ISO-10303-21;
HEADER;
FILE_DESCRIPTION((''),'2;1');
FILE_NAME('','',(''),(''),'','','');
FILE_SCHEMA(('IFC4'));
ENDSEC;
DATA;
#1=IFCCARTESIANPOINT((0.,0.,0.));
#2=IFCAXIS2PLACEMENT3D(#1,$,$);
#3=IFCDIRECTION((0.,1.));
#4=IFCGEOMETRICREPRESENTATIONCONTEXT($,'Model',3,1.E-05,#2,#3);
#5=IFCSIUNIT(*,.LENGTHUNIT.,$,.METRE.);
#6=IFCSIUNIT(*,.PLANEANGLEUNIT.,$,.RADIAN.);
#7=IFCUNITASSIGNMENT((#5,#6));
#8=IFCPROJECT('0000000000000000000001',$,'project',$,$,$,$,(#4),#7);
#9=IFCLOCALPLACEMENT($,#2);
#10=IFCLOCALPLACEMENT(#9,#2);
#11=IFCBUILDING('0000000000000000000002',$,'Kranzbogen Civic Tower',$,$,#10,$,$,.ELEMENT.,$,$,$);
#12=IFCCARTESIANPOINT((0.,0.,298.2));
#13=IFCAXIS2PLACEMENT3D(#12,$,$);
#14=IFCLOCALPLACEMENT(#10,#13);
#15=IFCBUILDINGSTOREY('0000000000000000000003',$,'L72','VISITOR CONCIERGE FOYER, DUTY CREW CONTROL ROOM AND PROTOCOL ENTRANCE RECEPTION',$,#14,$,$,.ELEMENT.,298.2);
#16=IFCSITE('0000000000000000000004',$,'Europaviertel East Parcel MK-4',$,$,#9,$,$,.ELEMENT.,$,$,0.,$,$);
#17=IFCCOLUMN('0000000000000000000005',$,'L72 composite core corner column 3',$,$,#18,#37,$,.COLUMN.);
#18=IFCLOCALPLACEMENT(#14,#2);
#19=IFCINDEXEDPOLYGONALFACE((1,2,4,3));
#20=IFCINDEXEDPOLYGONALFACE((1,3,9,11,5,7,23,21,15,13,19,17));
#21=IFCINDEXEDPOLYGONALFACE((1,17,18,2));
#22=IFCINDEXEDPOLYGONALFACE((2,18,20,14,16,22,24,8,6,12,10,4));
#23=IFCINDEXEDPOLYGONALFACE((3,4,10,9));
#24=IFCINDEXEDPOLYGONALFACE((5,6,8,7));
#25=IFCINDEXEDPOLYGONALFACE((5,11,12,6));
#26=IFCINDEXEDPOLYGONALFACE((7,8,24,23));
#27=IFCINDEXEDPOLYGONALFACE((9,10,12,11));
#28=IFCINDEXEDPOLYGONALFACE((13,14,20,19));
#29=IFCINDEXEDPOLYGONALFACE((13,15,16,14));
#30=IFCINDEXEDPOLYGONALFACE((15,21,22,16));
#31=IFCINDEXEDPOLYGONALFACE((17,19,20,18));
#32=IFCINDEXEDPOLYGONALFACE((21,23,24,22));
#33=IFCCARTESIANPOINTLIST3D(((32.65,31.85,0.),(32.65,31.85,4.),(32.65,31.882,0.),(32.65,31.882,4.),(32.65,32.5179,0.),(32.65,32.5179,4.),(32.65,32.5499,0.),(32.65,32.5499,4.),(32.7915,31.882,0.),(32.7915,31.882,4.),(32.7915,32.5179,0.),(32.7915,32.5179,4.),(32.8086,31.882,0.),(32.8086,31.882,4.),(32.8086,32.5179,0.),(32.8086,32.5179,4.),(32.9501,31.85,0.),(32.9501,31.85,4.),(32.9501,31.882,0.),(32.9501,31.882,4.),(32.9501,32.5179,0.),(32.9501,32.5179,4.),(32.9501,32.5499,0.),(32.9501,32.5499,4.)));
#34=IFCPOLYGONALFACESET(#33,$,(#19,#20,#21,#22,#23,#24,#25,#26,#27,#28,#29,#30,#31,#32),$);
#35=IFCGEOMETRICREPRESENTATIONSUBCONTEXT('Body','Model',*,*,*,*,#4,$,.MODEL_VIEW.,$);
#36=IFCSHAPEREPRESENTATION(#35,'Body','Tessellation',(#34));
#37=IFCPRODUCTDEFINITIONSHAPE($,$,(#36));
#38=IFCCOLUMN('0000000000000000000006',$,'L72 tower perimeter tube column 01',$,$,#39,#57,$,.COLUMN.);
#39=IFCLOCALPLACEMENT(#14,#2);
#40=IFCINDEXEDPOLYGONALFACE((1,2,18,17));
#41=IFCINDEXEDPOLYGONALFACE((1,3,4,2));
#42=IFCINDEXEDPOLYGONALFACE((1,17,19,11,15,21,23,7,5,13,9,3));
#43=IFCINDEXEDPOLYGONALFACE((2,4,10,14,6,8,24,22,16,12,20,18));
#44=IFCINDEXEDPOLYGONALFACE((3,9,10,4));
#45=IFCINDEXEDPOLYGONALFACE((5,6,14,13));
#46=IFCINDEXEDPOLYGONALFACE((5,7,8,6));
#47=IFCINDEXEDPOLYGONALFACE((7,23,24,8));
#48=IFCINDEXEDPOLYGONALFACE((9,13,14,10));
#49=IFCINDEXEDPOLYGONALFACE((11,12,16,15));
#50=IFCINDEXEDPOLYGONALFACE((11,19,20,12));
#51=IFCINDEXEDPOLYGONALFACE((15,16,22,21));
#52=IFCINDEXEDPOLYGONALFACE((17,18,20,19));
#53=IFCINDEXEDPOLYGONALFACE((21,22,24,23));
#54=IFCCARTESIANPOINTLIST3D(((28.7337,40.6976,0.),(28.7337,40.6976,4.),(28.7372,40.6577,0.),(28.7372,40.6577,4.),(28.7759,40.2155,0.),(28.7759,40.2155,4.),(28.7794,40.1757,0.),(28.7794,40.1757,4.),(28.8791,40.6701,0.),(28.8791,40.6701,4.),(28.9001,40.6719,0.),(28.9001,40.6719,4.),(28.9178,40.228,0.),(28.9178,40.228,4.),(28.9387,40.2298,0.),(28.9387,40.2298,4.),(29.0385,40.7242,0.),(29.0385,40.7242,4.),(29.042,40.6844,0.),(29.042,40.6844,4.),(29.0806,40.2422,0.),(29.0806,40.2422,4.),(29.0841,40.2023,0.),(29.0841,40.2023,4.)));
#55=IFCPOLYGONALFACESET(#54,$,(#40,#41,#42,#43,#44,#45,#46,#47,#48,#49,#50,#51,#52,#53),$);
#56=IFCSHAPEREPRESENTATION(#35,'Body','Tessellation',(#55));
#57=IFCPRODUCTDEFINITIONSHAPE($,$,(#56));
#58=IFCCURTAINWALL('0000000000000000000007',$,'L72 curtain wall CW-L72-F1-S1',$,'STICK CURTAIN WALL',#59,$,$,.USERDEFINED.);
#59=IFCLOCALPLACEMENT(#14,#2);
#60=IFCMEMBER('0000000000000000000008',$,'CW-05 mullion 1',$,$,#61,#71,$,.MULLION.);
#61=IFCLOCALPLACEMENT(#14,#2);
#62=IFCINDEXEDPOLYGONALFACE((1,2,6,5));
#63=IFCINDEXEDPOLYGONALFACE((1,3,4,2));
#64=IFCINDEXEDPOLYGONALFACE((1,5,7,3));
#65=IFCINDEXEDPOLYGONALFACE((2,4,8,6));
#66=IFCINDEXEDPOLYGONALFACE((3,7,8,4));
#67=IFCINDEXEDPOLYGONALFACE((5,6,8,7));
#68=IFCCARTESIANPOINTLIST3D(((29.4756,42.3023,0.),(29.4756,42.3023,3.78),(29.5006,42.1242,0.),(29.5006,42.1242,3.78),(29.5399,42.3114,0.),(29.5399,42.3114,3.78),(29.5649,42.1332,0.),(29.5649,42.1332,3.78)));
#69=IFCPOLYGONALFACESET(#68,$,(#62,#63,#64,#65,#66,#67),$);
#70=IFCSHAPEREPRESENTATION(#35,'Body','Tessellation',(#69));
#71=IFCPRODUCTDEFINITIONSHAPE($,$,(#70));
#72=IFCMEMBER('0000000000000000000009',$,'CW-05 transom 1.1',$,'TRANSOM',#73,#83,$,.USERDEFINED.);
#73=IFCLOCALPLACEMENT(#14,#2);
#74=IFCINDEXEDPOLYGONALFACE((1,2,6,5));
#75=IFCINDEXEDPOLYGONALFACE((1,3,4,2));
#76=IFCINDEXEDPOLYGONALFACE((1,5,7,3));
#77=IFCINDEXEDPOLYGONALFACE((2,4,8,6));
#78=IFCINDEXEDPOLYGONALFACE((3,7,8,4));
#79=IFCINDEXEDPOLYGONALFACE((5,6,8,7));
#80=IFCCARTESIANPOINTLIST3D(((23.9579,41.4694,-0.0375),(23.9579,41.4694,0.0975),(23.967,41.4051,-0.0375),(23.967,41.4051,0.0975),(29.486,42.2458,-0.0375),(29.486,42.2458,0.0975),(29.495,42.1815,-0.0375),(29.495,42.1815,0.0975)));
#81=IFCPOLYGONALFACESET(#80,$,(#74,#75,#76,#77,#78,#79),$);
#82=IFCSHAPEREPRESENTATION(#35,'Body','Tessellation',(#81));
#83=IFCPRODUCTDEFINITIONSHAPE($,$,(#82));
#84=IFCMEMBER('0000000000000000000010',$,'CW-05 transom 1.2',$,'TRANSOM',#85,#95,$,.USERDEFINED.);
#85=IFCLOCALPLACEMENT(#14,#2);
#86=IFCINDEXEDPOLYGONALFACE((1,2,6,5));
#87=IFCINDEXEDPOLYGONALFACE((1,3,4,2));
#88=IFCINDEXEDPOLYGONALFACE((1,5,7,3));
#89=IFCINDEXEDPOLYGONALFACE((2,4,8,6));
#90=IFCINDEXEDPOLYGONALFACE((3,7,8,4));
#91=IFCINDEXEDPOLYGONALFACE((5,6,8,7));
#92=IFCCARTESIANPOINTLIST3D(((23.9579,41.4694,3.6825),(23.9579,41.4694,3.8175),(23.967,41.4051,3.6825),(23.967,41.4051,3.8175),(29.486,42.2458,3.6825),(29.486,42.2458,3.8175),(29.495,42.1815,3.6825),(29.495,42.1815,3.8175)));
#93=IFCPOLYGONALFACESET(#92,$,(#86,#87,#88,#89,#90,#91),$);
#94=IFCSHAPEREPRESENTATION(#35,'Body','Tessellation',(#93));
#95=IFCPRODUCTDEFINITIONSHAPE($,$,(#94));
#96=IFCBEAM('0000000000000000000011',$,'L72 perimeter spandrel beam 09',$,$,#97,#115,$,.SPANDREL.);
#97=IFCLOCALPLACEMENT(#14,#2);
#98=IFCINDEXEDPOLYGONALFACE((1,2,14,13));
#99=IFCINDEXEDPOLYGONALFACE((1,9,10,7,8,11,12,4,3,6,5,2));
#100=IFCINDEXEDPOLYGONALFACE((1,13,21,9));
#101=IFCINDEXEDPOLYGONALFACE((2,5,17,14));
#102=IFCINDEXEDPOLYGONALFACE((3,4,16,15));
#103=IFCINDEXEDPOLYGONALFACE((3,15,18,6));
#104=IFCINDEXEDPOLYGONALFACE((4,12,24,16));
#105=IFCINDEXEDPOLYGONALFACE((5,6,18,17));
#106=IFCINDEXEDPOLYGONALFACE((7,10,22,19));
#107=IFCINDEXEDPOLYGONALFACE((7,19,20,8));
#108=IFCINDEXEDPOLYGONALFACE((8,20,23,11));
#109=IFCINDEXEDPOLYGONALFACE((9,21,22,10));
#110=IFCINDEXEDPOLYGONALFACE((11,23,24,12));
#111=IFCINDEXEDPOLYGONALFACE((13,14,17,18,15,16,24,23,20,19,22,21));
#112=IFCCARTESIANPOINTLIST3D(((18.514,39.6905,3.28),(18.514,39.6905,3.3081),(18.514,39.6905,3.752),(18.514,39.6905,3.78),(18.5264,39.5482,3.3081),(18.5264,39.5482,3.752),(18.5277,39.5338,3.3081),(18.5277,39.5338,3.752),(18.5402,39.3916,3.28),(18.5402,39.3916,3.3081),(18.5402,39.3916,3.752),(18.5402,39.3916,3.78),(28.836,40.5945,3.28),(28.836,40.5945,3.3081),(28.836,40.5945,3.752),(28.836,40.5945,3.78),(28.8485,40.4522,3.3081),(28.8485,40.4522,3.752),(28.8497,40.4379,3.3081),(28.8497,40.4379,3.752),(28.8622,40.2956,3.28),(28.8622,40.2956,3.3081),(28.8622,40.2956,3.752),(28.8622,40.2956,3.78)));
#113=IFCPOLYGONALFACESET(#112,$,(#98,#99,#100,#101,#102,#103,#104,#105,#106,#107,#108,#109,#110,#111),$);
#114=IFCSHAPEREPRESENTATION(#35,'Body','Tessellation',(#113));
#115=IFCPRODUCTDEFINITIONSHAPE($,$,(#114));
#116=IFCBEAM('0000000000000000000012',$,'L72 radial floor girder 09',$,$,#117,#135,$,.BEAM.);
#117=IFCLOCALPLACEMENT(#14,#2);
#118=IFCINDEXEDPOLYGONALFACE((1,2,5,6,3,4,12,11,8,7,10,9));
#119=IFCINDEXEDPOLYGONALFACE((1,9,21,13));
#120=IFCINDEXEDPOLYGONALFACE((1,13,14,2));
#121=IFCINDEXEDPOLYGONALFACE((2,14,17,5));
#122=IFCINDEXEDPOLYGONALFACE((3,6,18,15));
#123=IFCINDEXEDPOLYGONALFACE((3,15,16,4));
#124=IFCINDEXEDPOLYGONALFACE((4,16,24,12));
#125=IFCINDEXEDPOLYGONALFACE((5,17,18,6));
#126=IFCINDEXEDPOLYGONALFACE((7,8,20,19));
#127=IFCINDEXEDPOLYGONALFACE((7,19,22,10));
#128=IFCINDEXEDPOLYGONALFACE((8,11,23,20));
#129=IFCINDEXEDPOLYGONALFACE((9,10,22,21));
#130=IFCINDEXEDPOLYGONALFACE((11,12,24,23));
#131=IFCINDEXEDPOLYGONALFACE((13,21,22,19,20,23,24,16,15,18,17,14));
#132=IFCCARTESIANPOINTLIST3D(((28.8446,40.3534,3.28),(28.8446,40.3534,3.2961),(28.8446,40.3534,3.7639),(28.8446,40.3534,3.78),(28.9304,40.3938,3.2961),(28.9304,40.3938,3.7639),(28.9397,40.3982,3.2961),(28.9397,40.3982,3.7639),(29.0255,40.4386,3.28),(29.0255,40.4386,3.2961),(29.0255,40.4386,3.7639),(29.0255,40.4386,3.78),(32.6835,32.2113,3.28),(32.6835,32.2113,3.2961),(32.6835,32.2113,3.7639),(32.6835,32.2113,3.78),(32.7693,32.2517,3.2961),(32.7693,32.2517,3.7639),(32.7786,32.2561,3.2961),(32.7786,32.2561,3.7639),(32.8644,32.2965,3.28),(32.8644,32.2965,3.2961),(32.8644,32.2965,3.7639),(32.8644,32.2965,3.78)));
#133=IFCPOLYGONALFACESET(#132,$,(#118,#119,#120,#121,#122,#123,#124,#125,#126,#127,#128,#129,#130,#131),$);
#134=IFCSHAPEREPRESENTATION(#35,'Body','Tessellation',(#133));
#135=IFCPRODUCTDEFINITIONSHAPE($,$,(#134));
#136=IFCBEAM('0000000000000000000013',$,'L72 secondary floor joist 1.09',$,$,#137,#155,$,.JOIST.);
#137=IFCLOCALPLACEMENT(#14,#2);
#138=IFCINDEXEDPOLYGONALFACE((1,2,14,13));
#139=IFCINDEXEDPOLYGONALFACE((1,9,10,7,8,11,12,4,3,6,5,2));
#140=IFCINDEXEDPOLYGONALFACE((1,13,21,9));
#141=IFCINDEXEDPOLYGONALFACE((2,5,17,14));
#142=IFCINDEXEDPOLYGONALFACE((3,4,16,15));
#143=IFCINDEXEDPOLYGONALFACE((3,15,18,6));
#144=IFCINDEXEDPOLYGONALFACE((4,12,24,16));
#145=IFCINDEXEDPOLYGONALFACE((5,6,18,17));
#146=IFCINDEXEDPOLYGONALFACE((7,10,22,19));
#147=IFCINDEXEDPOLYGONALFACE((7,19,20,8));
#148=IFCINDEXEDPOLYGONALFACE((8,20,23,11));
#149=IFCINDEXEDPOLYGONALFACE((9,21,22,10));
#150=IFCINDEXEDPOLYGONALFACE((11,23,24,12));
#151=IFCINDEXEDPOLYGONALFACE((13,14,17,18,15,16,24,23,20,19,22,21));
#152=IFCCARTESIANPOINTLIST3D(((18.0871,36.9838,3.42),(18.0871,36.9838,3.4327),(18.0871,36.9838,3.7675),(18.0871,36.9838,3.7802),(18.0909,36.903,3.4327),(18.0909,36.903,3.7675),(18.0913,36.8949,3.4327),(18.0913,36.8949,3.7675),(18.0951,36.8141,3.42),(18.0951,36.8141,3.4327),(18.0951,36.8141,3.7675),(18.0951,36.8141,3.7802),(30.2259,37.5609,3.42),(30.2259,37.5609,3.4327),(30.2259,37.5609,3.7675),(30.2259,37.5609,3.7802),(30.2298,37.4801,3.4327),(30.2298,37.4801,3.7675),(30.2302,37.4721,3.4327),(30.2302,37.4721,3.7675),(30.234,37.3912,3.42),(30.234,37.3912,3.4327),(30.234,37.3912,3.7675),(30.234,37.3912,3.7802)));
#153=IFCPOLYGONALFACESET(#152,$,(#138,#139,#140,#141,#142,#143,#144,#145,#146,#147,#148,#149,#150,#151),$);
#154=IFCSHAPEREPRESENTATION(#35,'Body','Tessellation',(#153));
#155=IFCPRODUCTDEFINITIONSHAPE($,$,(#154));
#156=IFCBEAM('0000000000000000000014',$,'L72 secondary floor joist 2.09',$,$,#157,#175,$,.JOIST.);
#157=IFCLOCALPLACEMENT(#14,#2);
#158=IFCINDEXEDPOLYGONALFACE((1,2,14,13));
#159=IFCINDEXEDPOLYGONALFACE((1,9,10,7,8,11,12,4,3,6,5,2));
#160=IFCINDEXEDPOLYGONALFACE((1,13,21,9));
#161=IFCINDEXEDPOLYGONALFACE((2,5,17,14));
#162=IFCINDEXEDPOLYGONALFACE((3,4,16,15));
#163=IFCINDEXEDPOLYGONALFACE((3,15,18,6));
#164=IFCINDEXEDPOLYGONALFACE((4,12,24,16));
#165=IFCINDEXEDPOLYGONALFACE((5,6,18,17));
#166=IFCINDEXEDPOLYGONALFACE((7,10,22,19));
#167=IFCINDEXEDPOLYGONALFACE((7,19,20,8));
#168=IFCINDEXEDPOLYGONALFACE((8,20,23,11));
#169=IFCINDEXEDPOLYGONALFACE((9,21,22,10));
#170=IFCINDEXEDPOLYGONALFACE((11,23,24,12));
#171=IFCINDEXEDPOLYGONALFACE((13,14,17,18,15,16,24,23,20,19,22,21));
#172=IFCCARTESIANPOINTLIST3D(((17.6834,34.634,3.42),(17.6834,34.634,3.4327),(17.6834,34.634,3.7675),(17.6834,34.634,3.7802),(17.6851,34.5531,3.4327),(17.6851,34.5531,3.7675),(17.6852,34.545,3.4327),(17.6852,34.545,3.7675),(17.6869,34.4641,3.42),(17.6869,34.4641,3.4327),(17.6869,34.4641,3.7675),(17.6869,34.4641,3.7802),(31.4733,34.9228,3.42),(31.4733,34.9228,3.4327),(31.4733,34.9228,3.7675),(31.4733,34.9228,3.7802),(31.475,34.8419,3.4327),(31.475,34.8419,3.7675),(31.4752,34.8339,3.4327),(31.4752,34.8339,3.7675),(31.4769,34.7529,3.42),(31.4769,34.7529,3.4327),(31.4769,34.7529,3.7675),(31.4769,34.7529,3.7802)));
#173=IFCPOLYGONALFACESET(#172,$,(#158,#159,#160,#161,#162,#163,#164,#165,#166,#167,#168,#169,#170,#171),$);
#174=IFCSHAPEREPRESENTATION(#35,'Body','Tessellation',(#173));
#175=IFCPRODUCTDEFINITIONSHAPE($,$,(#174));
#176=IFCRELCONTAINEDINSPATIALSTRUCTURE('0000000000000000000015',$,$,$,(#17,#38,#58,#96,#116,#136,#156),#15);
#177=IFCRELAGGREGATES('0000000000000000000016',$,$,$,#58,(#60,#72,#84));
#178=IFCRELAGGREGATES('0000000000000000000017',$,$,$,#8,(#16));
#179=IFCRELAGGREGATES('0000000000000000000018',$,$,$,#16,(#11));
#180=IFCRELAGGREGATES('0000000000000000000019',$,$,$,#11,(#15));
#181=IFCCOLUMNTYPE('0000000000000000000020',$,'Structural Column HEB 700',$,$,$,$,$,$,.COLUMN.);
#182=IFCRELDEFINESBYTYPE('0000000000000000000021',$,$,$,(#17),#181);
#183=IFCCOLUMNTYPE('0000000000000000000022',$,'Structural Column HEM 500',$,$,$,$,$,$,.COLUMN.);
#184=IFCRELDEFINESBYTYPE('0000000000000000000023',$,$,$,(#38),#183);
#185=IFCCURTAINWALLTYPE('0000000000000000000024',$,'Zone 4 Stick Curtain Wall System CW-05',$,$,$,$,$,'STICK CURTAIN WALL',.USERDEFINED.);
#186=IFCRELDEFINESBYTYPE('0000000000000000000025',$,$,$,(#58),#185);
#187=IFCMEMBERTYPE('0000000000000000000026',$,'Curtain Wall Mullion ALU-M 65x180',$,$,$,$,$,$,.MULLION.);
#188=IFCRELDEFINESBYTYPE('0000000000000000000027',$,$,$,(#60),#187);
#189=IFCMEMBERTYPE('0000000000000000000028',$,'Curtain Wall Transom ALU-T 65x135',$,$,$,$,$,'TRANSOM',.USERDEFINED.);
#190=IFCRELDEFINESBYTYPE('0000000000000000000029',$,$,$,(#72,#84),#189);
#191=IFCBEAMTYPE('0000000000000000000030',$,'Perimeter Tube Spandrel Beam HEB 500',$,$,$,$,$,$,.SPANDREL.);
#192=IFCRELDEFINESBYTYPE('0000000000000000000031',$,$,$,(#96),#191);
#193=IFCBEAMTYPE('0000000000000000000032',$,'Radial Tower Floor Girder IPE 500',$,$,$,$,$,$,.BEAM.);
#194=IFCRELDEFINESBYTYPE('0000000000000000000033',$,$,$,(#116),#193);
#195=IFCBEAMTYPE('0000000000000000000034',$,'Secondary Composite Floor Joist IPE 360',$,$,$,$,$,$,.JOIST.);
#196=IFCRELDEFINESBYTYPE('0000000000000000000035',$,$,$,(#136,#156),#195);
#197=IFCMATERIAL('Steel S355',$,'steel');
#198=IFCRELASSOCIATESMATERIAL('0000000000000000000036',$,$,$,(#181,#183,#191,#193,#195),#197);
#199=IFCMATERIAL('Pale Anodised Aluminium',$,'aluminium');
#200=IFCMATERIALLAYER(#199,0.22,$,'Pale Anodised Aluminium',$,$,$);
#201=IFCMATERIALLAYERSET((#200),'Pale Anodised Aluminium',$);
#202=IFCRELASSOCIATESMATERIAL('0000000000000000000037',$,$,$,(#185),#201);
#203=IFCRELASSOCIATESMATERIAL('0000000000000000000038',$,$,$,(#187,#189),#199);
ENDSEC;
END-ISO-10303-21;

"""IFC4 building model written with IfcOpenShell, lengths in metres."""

from ifc_helpers import new_model, si_unit, direction, frame, origin, origin_2d, place, context, subcontext, project, spatial, rectangle, i_section, extrude, material, layer, layer_set, material_profile, profile_set, type_object, element, aggregate, save


model = new_model("IFC4")

# Units and contexts
model_context = context("Model", 3, precision=1e-05, world=origin(), true_north=direction((0.0, 1.0)))
body_context = subcontext(model_context, "Body", "Model", "MODEL_VIEW")
ifc_project = project(units=[si_unit("LENGTHUNIT", "METRE"), si_unit("PLANEANGLEUNIT", "RADIAN")], contexts=[model_context])

# Site, building, storey
site_placement = place(None, origin())
site = spatial("IfcSite", under=ifc_project, at=site_placement, Name="Europaviertel East Parcel MK-4", CompositionType="ELEMENT", RefElevation=0.0)
building_placement = place(site_placement, origin())
building = spatial("IfcBuilding", under=site, at=building_placement, Name="Kranzbogen Civic Tower", CompositionType="ELEMENT")
storey_placement = place(building_placement, frame((0.0, 0.0, 298.2)))
storey = spatial("IfcBuildingStorey", under=building, at=storey_placement, Name="L72", Description="VISITOR CONCIERGE FOYER, DUTY CREW CONTROL ROOM AND PROTOCOL ENTRANCE RECEPTION", CompositionType="ELEMENT", Elevation=298.2)

# Columns
ifc_material_1 = material(Name="Steel S355", Category="steel")
ifc_material_profile_1 = material_profile(ifc_material_1, i_section(OverallWidth=0.3, OverallDepth=0.7, WebThickness=0.0171, FlangeThickness=0.032, at=origin_2d()), Name="HEB 700")
ifc_profile_set_1 = profile_set([ifc_material_profile_1], Name="Steel S355")
column_type_1 = type_object("IfcColumnType", Name="Structural Column HEB 700", PredefinedType="COLUMN", material=ifc_profile_set_1)
column_1_placement = place(storey_placement, frame((32.8, 32.2, 0.0), z_axis=(0.0, 0.0, 1.0), x_axis=(1.0, 0.0, 0.0)))
element("IfcColumn", 1, at=column_1_placement, inside=storey, type_object=column_type_1, Name="L72 composite core corner column 3", PredefinedType="COLUMN", context=body_context, shape_type="SweptSolid", body=[
    extrude(i_section(OverallWidth=0.3, OverallDepth=0.7, WebThickness=0.0171, FlangeThickness=0.032, at=origin_2d()), origin(), (0.0, 0.0, 1.0), 4.0),
])
ifc_material_profile_2 = material_profile(ifc_material_1, i_section(OverallWidth=0.3059, OverallDepth=0.5239, WebThickness=0.021, FlangeThickness=0.04, at=origin_2d()), Name="HEM 500")
ifc_profile_set_2 = profile_set([ifc_material_profile_2], Name="Steel S355")
column_type_2 = type_object("IfcColumnType", Name="Structural Column HEM 500", PredefinedType="COLUMN", material=ifc_profile_set_2)
column_2_placement = place(storey_placement, frame((28.9089, 40.45, 0.0), z_axis=(0.0, 0.0, 1.0), x_axis=(0.996195, 0.087156, 0.0)))
element("IfcColumn", 2, at=column_2_placement, inside=storey, type_object=column_type_2, Name="L72 tower perimeter tube column 01", PredefinedType="COLUMN", context=body_context, shape_type="SweptSolid", body=[
    extrude(i_section(OverallWidth=0.3059, OverallDepth=0.5239, WebThickness=0.021, FlangeThickness=0.04, at=origin_2d()), origin(), (0.0, 0.0, 1.0), 4.0),
])

# Curtain wall, members
ifc_material_2 = material(Name="Pale Anodised Aluminium", Category="aluminium")
ifc_layer_1 = layer(ifc_material_2, 0.22, Name="Pale Anodised Aluminium")
ifc_layer_set_1 = layer_set([ifc_layer_1], Name="Pale Anodised Aluminium")
curtain_wall_type = type_object("IfcCurtainWallType", Name="Zone 4 Stick Curtain Wall System CW-05", ElementType="STICK CURTAIN WALL", PredefinedType="USERDEFINED", material=ifc_layer_set_1)
curtain_wall_placement = place(storey_placement, origin())
curtain_wall = element("IfcCurtainWall", 3, at=curtain_wall_placement, inside=storey, type_object=curtain_wall_type, Name="L72 curtain wall CW-L72-F1-S1", ObjectType="STICK CURTAIN WALL", PredefinedType="USERDEFINED")
ifc_material_profile_3 = material_profile(ifc_material_2, rectangle(XDim=0.0649, YDim=0.1799, at=origin_2d()), Name="ALU-M 65x180")
ifc_profile_set_3 = profile_set([ifc_material_profile_3], Name="Pale Anodised Aluminium")
member_type_1 = type_object("IfcMemberType", Name="Curtain Wall Mullion ALU-M 65x180", PredefinedType="MULLION", material=ifc_profile_set_3)
member_1_placement = place(storey_placement, frame((29.5203, 42.2178, 0.0), z_axis=(0.0, 0.0, 1.0), x_axis=(-0.990283, -0.139064, 0.0)))
member_1 = element("IfcMember", 4, at=member_1_placement, type_object=member_type_1, Name="CW-05 mullion 1", PredefinedType="MULLION", context=body_context, shape_type="SweptSolid", body=[
    extrude(rectangle(XDim=0.0649, YDim=0.1799, at=origin_2d()), origin(), (0.0, 0.0, 1.0), 3.78),
])
ifc_material_profile_4 = material_profile(ifc_material_2, rectangle(XDim=0.0649, YDim=0.135, at=origin_2d()), Name="ALU-T 65x135")
ifc_profile_set_4 = profile_set([ifc_material_profile_4], Name="Pale Anodised Aluminium")
member_type_2 = type_object("IfcMemberType", Name="Curtain Wall Transom ALU-T 65x135", ElementType="TRANSOM", PredefinedType="USERDEFINED", material=ifc_profile_set_4)
member_2_placement = place(storey_placement, frame((29.4905, 42.2136, 0.03), z_axis=(-0.990282, -0.139076, 0.0), x_axis=(0.139076, -0.990282, 0.0)))
member_2 = element("IfcMember", 5, at=member_2_placement, type_object=member_type_2, Name="CW-05 transom 1.1", ObjectType="TRANSOM", PredefinedType="USERDEFINED", context=body_context, shape_type="SweptSolid", body=[
    extrude(rectangle(XDim=0.0649, YDim=0.135, at=origin_2d()), origin(), (0.0, 0.0, 1.0), 5.5823),
])
member_3_placement = place(storey_placement, frame((29.4905, 42.2136, 3.75), z_axis=(-0.990282, -0.139076, 0.0), x_axis=(0.139076, -0.990282, 0.0)))
member_3 = element("IfcMember", 6, at=member_3_placement, type_object=member_type_2, Name="CW-05 transom 1.2", ObjectType="TRANSOM", PredefinedType="USERDEFINED", context=body_context, shape_type="SweptSolid", body=[
    extrude(rectangle(XDim=0.0649, YDim=0.135, at=origin_2d()), origin(), (0.0, 0.0, 1.0), 5.5823),
])

# Beams
ifc_material_profile_5 = material_profile(ifc_material_1, i_section(OverallWidth=0.3, OverallDepth=0.5, WebThickness=0.0144, FlangeThickness=0.0281, at=origin_2d()), Name="HEB 500")
ifc_profile_set_5 = profile_set([ifc_material_profile_5], Name="Steel S355")
beam_type_1 = type_object("IfcBeamType", Name="Perimeter Tube Spandrel Beam HEB 500", PredefinedType="SPANDREL", material=ifc_profile_set_5)
beam_1_placement = place(storey_placement, frame((28.8491, 40.4451, 3.53), z_axis=(-0.996186, -0.087251, 0.0), x_axis=(0.087251, -0.996186, 0.0)))
element("IfcBeam", 7, at=beam_1_placement, inside=storey, type_object=beam_type_1, Name="L72 perimeter spandrel beam 09", PredefinedType="SPANDREL", context=body_context, shape_type="SweptSolid", body=[
    extrude(i_section(OverallWidth=0.3, OverallDepth=0.5, WebThickness=0.0144, FlangeThickness=0.0281, at=origin_2d()), origin(), (0.0, 0.0, 1.0), 10.3616),
])
ifc_material_profile_6 = material_profile(ifc_material_1, i_section(OverallWidth=0.2, OverallDepth=0.5, WebThickness=0.0103, FlangeThickness=0.0161, at=origin_2d()), Name="IPE 500")
ifc_profile_set_6 = profile_set([ifc_material_profile_6], Name="Steel S355")
beam_type_2 = type_object("IfcBeamType", Name="Radial Tower Floor Girder IPE 500", PredefinedType="BEAM", material=ifc_profile_set_6)
beam_2_placement = place(storey_placement, frame((28.9351, 40.396, 3.53), z_axis=(0.42646, -0.904506, 0.0), x_axis=(0.904506, 0.42646, 0.0)))
element("IfcBeam", 8, at=beam_2_placement, inside=storey, type_object=beam_type_2, Name="L72 radial floor girder 09", PredefinedType="BEAM", context=body_context, shape_type="SweptSolid", body=[
    extrude(i_section(OverallWidth=0.2, OverallDepth=0.5, WebThickness=0.0103, FlangeThickness=0.0161, at=origin_2d()), origin(), (0.0, 0.0, 1.0), 9.0017),
])
ifc_material_profile_7 = material_profile(ifc_material_1, i_section(OverallWidth=0.1699, OverallDepth=0.3601, WebThickness=0.0081, FlangeThickness=0.0127, at=origin_2d()), Name="IPE 360")
ifc_profile_set_7 = profile_set([ifc_material_profile_7], Name="Steel S355")
beam_type_3 = type_object("IfcBeamType", Name="Secondary Composite Floor Joist IPE 360", PredefinedType="JOIST", material=ifc_profile_set_7)
beam_3_placement = place(storey_placement, frame((30.23, 37.4761, 3.6001), z_axis=(-0.998872, -0.047492, 0.0), x_axis=(0.047492, -0.998872, 0.0)))
element("IfcBeam", 9, at=beam_3_placement, inside=storey, type_object=beam_type_3, Name="L72 secondary floor joist 1.09", PredefinedType="JOIST", context=body_context, shape_type="SweptSolid", body=[
    extrude(i_section(OverallWidth=0.1699, OverallDepth=0.3601, WebThickness=0.0081, FlangeThickness=0.0127, at=origin_2d()), origin(), (0.0, 0.0, 1.0), 12.1526),
])
beam_4_placement = place(storey_placement, frame((31.4751, 34.8379, 3.6001), z_axis=(-0.999781, -0.020939, 0.0), x_axis=(0.020939, -0.999781, 0.0)))
element("IfcBeam", 10, at=beam_4_placement, inside=storey, type_object=beam_type_3, Name="L72 secondary floor joist 2.09", PredefinedType="JOIST", context=body_context, shape_type="SweptSolid", body=[
    extrude(i_section(OverallWidth=0.1699, OverallDepth=0.3601, WebThickness=0.0081, FlangeThickness=0.0127, at=origin_2d()), origin(), (0.0, 0.0, 1.0), 13.793),
])

aggregate(curtain_wall, [member_1, member_2, member_3])

save(model, "model.ifc")
